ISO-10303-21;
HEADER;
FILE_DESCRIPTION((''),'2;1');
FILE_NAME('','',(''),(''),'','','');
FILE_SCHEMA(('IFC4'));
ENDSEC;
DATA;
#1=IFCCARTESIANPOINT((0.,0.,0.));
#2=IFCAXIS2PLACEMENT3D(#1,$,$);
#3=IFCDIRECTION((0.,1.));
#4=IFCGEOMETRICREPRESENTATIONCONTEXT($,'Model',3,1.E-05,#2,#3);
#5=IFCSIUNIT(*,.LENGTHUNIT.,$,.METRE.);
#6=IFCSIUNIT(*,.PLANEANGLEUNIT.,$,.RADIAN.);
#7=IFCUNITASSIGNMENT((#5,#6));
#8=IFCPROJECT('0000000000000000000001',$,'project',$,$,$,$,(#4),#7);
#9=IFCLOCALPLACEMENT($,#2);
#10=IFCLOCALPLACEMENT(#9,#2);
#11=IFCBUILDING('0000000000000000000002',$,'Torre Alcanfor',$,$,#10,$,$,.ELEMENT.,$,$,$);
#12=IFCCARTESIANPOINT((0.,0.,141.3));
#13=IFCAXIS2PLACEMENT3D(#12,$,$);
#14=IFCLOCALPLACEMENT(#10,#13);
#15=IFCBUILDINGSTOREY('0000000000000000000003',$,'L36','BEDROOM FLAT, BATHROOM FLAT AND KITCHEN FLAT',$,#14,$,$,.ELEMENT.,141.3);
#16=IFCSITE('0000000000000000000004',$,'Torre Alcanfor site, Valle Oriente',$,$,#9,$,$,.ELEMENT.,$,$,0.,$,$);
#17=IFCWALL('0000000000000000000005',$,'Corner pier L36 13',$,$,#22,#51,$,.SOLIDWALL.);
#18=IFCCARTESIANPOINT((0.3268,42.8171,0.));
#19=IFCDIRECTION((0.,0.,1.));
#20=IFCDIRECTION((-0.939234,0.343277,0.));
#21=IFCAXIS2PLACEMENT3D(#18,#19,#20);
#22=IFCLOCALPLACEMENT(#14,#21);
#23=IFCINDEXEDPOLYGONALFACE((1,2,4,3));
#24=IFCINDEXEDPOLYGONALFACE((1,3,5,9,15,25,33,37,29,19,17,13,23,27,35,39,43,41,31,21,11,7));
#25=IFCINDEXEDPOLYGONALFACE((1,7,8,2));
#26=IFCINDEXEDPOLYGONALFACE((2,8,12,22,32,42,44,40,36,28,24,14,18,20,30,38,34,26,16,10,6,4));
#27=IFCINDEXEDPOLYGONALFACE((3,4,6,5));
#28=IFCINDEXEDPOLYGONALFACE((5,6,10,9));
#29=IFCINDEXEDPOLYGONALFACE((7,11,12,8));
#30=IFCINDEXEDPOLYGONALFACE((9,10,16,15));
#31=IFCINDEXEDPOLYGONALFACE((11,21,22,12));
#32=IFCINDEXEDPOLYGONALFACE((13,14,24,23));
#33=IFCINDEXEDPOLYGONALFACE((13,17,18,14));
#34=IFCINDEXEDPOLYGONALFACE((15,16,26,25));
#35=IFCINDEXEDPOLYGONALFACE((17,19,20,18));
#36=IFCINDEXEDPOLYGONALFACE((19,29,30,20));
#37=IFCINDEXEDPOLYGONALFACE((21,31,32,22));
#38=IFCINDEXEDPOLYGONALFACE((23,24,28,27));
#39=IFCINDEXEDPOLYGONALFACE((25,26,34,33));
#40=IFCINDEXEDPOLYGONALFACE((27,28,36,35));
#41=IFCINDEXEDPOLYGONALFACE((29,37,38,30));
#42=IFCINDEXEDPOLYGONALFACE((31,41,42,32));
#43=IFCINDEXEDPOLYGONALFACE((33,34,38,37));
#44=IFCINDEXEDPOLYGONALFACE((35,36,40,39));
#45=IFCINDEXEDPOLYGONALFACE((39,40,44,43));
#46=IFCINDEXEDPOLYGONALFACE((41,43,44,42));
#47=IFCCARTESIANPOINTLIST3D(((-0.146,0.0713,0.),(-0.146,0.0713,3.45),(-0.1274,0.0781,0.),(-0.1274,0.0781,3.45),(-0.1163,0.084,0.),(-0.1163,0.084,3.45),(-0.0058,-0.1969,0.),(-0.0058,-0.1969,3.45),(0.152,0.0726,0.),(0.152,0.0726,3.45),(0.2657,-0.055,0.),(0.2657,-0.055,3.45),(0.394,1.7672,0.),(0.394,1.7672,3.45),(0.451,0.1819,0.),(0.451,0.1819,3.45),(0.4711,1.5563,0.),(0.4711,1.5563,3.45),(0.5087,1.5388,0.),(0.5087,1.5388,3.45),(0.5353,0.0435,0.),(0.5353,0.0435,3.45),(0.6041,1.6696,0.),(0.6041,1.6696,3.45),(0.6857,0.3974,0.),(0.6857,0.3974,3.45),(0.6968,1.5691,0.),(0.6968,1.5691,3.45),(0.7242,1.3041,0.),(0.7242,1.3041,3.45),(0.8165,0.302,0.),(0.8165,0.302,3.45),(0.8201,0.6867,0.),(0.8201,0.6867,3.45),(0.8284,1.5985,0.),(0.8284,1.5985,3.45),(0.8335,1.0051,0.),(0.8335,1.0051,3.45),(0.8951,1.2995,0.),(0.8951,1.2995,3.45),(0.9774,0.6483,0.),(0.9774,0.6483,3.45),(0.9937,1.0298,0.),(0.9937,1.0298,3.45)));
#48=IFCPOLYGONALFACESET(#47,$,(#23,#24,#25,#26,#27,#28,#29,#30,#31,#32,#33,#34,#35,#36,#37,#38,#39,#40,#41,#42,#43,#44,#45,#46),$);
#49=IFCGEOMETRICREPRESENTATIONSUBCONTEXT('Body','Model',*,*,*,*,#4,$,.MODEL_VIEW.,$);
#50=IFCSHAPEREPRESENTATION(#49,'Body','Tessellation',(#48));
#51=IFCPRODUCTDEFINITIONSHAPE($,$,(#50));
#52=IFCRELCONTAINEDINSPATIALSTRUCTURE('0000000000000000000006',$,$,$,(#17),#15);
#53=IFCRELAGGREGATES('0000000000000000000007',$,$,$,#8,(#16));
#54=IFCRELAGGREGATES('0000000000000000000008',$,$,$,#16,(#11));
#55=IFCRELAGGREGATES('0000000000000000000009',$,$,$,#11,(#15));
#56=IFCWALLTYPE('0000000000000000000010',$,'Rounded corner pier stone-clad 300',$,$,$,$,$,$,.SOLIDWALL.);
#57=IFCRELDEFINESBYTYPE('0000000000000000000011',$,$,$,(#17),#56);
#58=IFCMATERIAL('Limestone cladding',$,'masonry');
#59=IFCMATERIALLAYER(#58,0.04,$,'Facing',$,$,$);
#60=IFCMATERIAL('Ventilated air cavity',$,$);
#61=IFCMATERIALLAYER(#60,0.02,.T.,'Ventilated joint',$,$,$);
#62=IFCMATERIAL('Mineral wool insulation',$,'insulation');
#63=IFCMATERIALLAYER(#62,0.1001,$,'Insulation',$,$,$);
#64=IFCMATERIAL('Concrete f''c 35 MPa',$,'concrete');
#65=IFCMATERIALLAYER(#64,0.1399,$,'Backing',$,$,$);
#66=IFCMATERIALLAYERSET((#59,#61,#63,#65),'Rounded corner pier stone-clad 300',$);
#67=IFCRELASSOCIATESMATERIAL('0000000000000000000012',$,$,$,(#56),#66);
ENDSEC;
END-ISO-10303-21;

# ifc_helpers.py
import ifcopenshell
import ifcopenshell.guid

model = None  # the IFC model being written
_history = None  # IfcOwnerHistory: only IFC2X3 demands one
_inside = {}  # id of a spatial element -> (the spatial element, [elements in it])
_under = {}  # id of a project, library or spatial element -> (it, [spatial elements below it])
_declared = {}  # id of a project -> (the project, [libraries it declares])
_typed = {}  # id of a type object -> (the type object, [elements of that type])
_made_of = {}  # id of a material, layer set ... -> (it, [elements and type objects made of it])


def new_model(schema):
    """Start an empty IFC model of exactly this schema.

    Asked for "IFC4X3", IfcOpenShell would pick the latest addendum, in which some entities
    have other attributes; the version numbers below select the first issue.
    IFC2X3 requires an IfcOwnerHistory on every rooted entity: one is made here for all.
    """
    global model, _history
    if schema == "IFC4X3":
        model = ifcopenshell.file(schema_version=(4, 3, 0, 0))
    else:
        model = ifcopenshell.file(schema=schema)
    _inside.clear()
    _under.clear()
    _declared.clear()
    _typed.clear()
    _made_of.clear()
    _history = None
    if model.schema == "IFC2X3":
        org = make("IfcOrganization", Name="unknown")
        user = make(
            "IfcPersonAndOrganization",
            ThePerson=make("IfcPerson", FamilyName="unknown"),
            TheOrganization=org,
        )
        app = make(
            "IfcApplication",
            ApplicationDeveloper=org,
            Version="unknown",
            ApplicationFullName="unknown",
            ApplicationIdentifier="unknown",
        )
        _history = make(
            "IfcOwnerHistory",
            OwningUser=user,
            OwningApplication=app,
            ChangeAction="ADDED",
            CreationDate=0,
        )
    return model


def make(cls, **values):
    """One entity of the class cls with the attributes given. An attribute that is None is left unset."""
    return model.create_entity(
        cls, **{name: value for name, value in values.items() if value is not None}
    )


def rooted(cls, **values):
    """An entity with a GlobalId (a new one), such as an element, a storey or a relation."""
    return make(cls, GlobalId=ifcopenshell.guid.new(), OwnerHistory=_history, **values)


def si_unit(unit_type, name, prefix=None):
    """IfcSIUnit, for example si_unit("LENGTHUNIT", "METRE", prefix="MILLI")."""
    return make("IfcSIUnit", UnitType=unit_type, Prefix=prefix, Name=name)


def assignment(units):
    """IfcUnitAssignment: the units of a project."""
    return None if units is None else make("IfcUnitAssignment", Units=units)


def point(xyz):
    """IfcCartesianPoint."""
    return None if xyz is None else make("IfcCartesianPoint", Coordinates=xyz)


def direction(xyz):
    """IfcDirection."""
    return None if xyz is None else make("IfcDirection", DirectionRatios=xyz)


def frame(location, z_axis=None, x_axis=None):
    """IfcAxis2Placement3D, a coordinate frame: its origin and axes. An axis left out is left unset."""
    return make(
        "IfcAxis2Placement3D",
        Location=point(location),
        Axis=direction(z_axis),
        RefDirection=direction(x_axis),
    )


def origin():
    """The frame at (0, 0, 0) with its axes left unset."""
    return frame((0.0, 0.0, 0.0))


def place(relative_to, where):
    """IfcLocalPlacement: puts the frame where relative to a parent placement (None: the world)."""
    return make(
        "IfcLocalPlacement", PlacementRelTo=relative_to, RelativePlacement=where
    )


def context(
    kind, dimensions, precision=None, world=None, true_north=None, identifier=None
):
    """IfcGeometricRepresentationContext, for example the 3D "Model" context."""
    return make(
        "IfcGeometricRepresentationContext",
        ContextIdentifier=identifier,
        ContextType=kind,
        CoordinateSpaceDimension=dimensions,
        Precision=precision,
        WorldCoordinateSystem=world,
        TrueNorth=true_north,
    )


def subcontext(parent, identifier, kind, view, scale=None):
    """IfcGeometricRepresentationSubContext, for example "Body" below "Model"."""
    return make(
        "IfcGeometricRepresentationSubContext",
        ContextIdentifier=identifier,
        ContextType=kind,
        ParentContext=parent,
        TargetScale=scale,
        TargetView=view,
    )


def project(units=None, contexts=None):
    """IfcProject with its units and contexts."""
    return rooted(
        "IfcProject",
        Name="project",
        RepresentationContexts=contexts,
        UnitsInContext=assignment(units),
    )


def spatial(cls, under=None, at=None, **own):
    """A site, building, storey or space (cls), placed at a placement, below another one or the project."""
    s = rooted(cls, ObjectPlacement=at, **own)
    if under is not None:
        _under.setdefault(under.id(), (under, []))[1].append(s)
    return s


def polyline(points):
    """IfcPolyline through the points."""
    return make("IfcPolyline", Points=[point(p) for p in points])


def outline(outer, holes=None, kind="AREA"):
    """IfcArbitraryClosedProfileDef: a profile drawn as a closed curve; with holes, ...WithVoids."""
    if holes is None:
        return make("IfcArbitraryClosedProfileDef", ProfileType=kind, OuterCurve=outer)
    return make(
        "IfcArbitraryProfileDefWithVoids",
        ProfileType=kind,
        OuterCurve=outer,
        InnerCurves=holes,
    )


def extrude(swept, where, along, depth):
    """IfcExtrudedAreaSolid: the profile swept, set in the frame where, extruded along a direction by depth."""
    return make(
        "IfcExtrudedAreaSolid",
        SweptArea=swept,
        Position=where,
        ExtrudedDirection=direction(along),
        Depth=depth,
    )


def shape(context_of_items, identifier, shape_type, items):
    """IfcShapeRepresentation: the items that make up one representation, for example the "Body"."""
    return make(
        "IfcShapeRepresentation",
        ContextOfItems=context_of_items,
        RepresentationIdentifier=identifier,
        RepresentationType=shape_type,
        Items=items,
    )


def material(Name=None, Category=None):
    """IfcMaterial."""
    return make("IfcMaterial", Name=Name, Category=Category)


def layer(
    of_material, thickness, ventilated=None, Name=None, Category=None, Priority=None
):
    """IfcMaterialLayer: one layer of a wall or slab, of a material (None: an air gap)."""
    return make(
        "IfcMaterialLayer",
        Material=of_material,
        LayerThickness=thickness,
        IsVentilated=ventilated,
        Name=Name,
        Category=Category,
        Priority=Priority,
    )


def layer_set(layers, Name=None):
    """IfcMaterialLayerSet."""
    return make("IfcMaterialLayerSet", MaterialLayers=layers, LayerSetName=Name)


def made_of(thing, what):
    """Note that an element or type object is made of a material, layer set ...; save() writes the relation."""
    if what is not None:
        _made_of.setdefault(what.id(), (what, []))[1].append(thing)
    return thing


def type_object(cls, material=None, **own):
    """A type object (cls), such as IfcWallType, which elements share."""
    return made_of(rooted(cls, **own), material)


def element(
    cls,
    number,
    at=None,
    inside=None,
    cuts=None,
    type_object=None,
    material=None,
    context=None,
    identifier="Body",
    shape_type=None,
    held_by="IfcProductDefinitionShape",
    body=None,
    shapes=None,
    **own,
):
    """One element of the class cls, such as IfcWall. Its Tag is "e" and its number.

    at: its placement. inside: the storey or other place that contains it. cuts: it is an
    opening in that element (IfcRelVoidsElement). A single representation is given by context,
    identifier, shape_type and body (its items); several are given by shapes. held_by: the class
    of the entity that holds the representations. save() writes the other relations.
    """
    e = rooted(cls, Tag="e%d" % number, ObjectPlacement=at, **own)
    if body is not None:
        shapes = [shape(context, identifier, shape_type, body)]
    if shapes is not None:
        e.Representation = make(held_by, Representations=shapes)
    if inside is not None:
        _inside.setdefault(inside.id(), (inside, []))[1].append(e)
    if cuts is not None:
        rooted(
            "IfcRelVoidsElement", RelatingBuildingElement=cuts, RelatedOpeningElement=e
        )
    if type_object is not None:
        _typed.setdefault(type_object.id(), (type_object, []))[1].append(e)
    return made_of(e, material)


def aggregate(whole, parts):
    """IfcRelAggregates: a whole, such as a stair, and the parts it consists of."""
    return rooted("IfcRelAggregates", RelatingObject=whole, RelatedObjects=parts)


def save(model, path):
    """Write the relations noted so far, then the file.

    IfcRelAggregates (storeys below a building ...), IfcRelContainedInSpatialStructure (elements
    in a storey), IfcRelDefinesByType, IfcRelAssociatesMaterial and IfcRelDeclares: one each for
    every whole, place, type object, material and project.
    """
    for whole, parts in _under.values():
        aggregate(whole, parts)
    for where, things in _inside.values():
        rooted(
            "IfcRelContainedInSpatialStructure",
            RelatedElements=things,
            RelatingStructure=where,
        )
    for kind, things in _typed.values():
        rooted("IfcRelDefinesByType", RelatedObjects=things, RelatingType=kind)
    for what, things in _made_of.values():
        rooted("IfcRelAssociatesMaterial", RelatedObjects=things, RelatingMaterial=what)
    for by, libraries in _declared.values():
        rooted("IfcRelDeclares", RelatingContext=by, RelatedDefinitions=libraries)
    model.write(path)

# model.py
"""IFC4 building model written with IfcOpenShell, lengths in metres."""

from ifc_helpers import new_model, si_unit, direction, frame, origin, place, context, subcontext, project, spatial, polyline, outline, extrude, material, layer, layer_set, type_object, element, save


model = new_model("IFC4")

# Units and contexts
model_context = context("Model", 3, precision=1e-05, world=origin(), true_north=direction((0.0, 1.0)))
body_context = subcontext(model_context, "Body", "Model", "MODEL_VIEW")
ifc_project = project(units=[si_unit("LENGTHUNIT", "METRE"), si_unit("PLANEANGLEUNIT", "RADIAN")], contexts=[model_context])

# Site, building, storey
site_placement = place(None, origin())
site = spatial("IfcSite", under=ifc_project, at=site_placement, Name="Torre Alcanfor site, Valle Oriente", CompositionType="ELEMENT", RefElevation=0.0)
building_placement = place(site_placement, origin())
building = spatial("IfcBuilding", under=site, at=building_placement, Name="Torre Alcanfor", CompositionType="ELEMENT")
storey_placement = place(building_placement, frame((0.0, 0.0, 141.3)))
storey = spatial("IfcBuildingStorey", under=building, at=storey_placement, Name="L36", Description="BEDROOM FLAT, BATHROOM FLAT AND KITCHEN FLAT", CompositionType="ELEMENT", Elevation=141.3)

# Wall
ifc_material_1 = material(Name="Limestone cladding", Category="masonry")
ifc_layer_1 = layer(ifc_material_1, 0.04, Name="Facing")
ifc_material_2 = material(Name="Ventilated air cavity")
ifc_layer_2 = layer(ifc_material_2, 0.02, ventilated=True, Name="Ventilated joint")
ifc_material_3 = material(Name="Mineral wool insulation", Category="insulation")
ifc_layer_3 = layer(ifc_material_3, 0.1001, Name="Insulation")
ifc_material_4 = material(Name="Concrete f'c 35 MPa", Category="concrete")
ifc_layer_4 = layer(ifc_material_4, 0.1399, Name="Backing")
ifc_layer_set_1 = layer_set([ifc_layer_1, ifc_layer_2, ifc_layer_3, ifc_layer_4], Name="Rounded corner pier stone-clad 300")
wall_type_1 = type_object("IfcWallType", Name="Rounded corner pier stone-clad 300", PredefinedType="SOLIDWALL", material=ifc_layer_set_1)
wall_1_placement = place(storey_placement, frame((0.3268, 42.8171, 0.0), z_axis=(0.0, 0.0, 1.0), x_axis=(-0.939234, 0.343277, 0.0)))
element("IfcWall", 1, at=wall_1_placement, inside=storey, type_object=wall_type_1, Name="Corner pier L36 13", PredefinedType="SOLIDWALL", context=body_context, shape_type="SweptSolid", body=[
    extrude(outline(polyline([(-0.0058, -0.1969), (0.2657, -0.055), (0.5353, 0.0435), (0.8165, 0.302), (0.9774, 0.6483), (0.9937, 1.0298), (0.8951, 1.2995), (0.8284, 1.5985), (0.6968, 1.5691), (0.6041, 1.6696), (0.394, 1.7672), (0.4711, 1.5563), (0.5087, 1.5388), (0.7242, 1.3041), (0.8335, 1.0051), (0.8201, 0.6867), (0.6857, 0.3974), (0.451, 0.1819), (0.152, 0.0726), (-0.1163, 0.084), (-0.1274, 0.0781), (-0.146, 0.0713), (-0.0058, -0.1969)])), origin(), (0.0, 0.0, 1.0), 3.45),
])

save(model, "model.ifc")
